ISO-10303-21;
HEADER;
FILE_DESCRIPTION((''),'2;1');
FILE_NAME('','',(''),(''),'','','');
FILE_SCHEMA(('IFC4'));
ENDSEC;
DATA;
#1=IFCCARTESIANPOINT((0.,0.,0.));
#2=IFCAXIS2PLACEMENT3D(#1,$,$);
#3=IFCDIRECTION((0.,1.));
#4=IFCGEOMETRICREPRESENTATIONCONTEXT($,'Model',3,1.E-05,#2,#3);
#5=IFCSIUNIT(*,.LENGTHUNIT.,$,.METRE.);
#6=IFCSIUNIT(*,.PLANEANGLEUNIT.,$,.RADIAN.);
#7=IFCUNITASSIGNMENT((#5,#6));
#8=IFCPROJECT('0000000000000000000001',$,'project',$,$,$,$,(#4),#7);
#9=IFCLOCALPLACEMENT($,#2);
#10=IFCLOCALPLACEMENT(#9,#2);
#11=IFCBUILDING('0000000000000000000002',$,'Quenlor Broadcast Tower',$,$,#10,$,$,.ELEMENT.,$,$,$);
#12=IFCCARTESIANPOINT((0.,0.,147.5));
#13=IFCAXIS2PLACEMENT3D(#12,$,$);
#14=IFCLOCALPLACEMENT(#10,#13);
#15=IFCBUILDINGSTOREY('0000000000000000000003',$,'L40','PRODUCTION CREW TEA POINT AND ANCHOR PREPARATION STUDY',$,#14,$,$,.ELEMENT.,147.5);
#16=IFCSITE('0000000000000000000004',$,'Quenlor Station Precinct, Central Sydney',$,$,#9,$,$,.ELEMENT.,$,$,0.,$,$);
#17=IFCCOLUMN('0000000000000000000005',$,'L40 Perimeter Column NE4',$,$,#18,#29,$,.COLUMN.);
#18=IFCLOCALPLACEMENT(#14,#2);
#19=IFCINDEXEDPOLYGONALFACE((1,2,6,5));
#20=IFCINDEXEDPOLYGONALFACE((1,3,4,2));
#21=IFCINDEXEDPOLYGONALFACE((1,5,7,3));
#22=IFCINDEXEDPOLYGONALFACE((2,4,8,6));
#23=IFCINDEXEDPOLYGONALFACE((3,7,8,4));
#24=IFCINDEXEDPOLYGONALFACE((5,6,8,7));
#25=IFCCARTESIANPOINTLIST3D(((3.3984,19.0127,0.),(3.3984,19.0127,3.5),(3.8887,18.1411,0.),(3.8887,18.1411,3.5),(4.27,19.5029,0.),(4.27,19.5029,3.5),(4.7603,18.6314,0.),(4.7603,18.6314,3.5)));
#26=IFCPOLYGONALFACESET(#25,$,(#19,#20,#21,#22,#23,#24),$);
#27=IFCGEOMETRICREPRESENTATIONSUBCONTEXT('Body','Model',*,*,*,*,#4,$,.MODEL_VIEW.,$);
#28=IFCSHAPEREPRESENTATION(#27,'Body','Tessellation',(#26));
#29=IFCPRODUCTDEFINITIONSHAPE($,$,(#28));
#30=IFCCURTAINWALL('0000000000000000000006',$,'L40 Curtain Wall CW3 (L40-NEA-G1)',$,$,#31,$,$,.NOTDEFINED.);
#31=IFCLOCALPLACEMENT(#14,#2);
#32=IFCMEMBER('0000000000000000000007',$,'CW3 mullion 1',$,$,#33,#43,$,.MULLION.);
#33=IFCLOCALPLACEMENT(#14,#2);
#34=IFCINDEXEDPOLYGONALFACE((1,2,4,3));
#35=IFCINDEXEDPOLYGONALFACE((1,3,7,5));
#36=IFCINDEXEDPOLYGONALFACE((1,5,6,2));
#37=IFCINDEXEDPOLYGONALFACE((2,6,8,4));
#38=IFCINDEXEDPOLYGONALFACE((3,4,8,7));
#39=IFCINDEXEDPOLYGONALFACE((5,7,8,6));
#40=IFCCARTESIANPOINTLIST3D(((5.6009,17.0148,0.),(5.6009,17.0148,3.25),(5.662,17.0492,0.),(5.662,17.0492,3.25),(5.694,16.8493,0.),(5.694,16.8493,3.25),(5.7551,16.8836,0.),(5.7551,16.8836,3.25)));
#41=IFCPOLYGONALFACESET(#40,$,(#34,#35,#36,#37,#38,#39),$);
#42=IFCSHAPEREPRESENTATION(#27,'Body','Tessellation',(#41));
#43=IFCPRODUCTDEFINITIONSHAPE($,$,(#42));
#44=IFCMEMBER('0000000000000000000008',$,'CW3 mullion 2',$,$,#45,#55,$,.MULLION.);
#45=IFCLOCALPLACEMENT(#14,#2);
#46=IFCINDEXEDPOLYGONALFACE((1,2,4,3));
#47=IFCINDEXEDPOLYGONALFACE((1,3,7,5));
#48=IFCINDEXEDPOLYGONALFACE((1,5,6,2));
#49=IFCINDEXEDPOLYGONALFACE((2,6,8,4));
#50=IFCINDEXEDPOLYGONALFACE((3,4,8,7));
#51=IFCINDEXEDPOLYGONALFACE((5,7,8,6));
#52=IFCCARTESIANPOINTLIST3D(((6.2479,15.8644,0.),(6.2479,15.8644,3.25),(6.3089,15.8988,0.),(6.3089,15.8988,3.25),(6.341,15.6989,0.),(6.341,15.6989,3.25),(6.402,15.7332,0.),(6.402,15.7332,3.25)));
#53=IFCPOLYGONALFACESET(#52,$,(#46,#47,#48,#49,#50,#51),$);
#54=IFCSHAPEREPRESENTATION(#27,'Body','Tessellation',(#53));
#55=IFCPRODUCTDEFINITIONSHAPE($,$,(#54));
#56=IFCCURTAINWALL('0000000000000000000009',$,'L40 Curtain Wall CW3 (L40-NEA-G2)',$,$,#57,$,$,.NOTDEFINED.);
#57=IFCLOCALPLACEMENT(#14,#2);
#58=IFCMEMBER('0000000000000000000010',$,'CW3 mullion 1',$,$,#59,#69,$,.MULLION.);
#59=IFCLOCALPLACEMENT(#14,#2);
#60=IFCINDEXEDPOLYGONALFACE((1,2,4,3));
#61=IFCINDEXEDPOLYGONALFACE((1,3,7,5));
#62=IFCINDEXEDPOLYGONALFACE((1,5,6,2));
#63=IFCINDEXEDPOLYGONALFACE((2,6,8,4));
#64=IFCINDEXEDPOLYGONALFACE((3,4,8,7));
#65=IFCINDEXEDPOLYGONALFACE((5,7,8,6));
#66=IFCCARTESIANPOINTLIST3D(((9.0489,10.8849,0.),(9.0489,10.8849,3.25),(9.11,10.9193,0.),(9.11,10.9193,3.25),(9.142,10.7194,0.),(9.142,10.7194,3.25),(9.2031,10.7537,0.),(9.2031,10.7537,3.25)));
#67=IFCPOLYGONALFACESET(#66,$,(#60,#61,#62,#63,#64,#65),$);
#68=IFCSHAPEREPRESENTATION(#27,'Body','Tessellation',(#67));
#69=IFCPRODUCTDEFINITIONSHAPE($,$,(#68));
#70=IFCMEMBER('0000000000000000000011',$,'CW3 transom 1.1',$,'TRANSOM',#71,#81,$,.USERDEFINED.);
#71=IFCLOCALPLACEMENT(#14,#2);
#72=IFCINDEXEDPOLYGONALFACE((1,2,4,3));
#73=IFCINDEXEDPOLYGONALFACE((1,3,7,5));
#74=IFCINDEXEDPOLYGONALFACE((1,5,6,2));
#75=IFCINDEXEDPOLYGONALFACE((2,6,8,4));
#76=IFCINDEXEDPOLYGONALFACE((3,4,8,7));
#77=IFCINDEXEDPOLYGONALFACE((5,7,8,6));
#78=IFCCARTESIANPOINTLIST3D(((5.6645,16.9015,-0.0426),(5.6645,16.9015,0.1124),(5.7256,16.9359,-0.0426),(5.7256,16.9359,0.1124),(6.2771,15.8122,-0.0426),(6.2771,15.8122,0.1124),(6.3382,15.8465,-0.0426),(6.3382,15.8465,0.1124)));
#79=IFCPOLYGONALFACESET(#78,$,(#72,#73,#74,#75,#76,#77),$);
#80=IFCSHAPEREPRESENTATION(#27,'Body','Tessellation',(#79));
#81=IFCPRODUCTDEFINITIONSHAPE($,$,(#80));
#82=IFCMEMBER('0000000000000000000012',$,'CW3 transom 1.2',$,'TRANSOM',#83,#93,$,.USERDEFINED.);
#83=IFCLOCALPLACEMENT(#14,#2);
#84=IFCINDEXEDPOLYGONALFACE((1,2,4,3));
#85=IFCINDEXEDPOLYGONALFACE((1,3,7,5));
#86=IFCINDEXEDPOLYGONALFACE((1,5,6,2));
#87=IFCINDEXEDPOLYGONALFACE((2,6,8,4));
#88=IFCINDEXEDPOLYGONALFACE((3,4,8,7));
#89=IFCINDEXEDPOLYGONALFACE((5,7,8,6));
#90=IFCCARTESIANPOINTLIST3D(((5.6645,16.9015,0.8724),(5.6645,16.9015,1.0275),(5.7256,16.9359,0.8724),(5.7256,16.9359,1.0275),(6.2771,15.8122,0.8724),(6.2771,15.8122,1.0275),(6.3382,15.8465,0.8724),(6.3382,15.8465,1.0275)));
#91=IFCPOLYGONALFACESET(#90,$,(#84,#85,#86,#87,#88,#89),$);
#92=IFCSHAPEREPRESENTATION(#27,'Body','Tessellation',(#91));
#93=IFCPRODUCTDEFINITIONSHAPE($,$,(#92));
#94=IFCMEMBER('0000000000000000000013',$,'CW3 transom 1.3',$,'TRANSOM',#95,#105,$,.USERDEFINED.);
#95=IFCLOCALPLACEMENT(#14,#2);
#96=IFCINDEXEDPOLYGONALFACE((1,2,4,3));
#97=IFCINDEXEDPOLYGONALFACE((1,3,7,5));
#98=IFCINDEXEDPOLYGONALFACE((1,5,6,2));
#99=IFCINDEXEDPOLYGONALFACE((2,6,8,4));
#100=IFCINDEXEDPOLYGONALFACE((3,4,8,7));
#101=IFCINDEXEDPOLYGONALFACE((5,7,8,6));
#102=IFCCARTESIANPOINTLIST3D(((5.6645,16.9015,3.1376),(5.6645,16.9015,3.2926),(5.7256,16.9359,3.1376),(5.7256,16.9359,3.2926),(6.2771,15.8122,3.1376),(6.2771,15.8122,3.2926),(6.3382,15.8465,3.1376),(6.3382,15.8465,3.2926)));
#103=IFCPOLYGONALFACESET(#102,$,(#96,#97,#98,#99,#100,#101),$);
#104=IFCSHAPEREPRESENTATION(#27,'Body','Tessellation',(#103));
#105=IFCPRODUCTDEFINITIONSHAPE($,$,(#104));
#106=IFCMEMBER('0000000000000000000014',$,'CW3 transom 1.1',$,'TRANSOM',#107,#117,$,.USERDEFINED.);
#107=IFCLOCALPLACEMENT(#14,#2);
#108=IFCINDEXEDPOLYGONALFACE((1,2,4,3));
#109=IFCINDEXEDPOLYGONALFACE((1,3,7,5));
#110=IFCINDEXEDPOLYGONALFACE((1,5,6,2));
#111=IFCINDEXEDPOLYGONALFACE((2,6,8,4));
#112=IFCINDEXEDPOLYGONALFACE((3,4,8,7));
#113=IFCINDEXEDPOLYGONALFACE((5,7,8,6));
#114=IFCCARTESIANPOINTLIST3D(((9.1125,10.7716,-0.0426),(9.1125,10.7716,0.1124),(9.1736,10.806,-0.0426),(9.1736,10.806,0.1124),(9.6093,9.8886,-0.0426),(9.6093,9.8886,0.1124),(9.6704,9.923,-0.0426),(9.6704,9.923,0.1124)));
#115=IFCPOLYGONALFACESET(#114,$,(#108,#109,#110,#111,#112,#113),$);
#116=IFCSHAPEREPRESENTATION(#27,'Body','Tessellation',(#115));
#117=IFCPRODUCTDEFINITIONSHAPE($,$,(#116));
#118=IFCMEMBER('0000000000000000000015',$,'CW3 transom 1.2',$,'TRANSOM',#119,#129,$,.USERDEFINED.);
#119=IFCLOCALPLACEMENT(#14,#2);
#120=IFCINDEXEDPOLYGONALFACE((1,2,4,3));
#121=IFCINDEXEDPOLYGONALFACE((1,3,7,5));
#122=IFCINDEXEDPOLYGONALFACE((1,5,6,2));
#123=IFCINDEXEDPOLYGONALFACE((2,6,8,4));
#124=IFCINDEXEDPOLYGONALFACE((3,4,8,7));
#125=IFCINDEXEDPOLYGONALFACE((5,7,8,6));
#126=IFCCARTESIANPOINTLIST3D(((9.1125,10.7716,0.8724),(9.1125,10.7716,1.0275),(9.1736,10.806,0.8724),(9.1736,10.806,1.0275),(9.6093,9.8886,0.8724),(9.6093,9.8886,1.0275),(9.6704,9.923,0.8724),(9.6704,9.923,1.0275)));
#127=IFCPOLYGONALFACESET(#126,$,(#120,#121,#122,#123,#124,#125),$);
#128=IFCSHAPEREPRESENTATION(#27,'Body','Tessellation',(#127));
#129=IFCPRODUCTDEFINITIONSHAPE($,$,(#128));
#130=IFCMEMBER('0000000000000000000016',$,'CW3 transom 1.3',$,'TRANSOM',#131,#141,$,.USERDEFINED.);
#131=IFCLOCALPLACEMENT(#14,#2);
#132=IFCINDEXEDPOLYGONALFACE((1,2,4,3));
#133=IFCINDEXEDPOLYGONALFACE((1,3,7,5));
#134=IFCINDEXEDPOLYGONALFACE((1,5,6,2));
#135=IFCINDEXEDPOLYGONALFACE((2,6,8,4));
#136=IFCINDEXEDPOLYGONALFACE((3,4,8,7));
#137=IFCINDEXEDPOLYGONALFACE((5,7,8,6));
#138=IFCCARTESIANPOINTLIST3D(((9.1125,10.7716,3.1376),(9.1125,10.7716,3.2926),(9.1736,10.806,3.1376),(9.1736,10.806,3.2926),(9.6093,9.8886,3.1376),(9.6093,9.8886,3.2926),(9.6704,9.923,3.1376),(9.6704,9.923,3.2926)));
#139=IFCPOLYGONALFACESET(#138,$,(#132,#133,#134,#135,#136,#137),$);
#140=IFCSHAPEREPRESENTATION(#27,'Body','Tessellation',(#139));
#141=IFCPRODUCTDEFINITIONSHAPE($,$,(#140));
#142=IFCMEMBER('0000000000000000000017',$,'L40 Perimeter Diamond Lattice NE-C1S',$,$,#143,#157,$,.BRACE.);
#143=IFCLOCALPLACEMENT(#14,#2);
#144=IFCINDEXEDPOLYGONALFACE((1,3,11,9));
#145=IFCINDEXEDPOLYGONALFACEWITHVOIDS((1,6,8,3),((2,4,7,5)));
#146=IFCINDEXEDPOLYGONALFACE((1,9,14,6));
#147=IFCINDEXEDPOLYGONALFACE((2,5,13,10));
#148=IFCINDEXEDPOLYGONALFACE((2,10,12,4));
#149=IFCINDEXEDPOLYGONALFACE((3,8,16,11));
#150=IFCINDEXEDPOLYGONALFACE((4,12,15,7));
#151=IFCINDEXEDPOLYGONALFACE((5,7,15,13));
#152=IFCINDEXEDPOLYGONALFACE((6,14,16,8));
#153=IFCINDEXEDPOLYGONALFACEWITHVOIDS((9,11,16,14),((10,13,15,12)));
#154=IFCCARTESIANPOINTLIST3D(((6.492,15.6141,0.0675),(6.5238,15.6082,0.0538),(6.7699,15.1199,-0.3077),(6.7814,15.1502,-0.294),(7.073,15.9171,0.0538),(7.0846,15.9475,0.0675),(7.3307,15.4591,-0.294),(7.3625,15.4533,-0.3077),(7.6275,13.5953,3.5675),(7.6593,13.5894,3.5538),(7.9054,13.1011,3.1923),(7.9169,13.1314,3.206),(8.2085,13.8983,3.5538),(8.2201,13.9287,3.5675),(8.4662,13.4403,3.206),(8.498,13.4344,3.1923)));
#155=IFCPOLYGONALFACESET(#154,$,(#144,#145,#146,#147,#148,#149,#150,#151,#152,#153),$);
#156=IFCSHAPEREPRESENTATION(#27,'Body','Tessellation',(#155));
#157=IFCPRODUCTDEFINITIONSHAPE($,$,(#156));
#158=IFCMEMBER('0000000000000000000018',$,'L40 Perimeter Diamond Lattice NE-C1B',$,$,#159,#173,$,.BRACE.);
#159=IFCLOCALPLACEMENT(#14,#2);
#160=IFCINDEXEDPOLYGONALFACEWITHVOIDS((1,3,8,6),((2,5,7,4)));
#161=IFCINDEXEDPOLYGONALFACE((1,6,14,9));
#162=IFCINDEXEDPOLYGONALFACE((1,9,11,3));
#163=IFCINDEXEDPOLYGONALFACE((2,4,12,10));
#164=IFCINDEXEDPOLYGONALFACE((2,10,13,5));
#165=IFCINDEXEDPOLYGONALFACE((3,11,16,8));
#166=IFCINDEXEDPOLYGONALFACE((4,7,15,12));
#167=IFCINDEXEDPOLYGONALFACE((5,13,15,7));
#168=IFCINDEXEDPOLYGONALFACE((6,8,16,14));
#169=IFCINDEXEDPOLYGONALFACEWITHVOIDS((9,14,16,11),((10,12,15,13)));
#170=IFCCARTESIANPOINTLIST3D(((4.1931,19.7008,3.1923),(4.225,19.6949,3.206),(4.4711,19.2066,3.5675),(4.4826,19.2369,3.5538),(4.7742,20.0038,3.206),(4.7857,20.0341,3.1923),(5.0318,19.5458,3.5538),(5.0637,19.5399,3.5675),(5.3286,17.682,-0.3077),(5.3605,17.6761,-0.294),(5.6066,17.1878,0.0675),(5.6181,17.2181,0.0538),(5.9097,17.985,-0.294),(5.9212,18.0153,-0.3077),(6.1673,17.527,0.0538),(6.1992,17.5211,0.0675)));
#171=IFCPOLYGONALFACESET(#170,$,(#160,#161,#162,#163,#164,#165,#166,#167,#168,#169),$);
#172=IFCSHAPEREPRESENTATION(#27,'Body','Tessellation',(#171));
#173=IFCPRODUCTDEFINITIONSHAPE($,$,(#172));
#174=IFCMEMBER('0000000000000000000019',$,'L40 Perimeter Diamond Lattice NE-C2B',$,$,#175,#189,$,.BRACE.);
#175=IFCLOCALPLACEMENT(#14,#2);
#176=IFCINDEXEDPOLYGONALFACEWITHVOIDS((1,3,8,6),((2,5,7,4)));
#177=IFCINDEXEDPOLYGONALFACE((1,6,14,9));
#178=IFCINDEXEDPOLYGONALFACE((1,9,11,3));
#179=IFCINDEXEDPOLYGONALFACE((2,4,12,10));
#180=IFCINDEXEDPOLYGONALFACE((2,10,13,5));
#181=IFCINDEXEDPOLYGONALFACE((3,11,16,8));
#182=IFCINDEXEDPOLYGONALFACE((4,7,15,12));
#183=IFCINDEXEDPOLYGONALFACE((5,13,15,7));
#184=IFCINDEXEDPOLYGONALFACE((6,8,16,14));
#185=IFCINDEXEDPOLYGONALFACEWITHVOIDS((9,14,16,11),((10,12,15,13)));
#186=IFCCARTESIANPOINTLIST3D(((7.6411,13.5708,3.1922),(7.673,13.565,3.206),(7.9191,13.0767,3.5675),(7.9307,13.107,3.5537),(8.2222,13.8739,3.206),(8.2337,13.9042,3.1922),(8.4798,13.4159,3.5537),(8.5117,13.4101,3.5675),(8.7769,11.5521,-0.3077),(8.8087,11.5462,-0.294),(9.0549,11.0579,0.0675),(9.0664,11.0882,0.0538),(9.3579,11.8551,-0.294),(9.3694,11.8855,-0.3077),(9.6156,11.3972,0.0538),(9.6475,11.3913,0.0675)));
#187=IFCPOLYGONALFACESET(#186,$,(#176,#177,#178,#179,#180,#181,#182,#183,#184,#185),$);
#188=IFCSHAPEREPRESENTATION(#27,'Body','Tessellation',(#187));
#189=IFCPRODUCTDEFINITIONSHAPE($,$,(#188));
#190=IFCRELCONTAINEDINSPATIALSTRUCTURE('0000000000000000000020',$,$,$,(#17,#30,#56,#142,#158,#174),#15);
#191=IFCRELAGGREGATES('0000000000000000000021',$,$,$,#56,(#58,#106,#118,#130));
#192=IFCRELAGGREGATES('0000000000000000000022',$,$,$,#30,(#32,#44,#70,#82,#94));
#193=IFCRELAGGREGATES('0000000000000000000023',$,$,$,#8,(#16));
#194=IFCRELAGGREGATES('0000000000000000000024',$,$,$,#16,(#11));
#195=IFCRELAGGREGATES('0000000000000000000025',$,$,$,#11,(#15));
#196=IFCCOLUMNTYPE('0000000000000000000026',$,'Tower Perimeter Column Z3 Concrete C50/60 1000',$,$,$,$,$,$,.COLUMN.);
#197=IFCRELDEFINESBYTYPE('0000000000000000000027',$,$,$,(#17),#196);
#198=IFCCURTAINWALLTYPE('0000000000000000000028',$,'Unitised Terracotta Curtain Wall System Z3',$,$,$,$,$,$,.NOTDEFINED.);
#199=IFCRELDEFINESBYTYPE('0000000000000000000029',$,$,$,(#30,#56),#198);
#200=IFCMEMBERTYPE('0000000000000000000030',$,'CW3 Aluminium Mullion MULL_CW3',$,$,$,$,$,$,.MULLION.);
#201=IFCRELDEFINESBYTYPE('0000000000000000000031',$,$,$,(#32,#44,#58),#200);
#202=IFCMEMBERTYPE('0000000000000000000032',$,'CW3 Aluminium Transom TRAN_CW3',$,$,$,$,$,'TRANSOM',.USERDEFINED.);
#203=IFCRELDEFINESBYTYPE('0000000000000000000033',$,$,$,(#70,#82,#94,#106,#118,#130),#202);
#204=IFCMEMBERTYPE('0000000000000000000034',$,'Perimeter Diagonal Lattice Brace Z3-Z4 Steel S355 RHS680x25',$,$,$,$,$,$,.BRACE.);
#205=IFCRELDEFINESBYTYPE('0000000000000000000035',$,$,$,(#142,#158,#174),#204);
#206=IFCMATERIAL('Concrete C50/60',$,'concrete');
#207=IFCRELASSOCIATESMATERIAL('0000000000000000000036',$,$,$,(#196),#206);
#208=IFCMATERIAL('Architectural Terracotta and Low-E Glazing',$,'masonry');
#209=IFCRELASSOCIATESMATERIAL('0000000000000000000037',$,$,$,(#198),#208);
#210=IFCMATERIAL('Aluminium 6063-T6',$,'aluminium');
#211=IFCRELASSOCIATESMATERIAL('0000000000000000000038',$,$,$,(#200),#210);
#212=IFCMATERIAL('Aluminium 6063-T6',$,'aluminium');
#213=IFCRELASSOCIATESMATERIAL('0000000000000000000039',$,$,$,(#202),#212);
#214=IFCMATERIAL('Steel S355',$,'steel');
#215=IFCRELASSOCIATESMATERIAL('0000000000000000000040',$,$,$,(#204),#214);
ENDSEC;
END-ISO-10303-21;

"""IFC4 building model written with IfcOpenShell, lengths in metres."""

from ifc_helpers import new_model, si_unit, direction, frame, origin, origin_2d, place, context, subcontext, project, spatial, rectangle, hollow_rectangle, extrude, material, material_profile, profile_set, type_object, element, aggregate, save


model = new_model("IFC4")

# Units and contexts
model_context = context("Model", 3, precision=1e-05, world=origin(), true_north=direction((0.0, 1.0)))
body_context = subcontext(model_context, "Body", "Model", "MODEL_VIEW")
ifc_project = project(units=[si_unit("LENGTHUNIT", "METRE"), si_unit("PLANEANGLEUNIT", "RADIAN")], contexts=[model_context])

# Site, building, storey
site_placement = place(None, origin())
site = spatial("IfcSite", under=ifc_project, at=site_placement, Name="Quenlor Station Precinct, Central Sydney", CompositionType="ELEMENT", RefElevation=0.0)
building_placement = place(site_placement, origin())
building = spatial("IfcBuilding", under=site, at=building_placement, Name="Quenlor Broadcast Tower", CompositionType="ELEMENT")
storey_placement = place(building_placement, frame((0.0, 0.0, 147.5)))
storey = spatial("IfcBuildingStorey", under=building, at=storey_placement, Name="L40", Description="PRODUCTION CREW TEA POINT AND ANCHOR PREPARATION STUDY", CompositionType="ELEMENT", Elevation=147.5)

# Column
ifc_material_1 = material(Name="Concrete C50/60", Category="concrete")
ifc_material_profile_1 = material_profile(ifc_material_1, rectangle(XDim=1.0, YDim=1.0, at=origin_2d()))
ifc_profile_set_1 = profile_set([ifc_material_profile_1], Name="Concrete C50/60 RC1000x1000")
column_type = type_object("IfcColumnType", Name="Tower Perimeter Column Z3 Concrete C50/60 1000", PredefinedType="COLUMN", material=ifc_profile_set_1)
column_placement = place(storey_placement, frame((4.0793, 18.822, 0.0), z_axis=(0.0, 0.0, 1.0), x_axis=(0.871575, 0.490262, 0.0)))
element("IfcColumn", 1, at=column_placement, inside=storey, type_object=column_type, Name="L40 Perimeter Column NE4", PredefinedType="COLUMN", context=body_context, shape_type="SweptSolid", body=[
    extrude(rectangle(XDim=1.0, YDim=1.0, at=origin_2d()), origin(), (0.0, 0.0, 1.0), 3.5),
])

# Curtain wall, members
ifc_material_2 = material(Name="Architectural Terracotta and Low-E Glazing", Category="masonry")
curtain_wall_type = type_object("IfcCurtainWallType", Name="Unitised Terracotta Curtain Wall System Z3", PredefinedType="NOTDEFINED", material=ifc_material_2)
curtain_wall_1_placement = place(storey_placement, origin())
curtain_wall_1 = element("IfcCurtainWall", 2, at=curtain_wall_1_placement, inside=storey, type_object=curtain_wall_type, Name="L40 Curtain Wall CW3 (L40-NEA-G1)", PredefinedType="NOTDEFINED")
ifc_material_3 = material(Name="Aluminium 6063-T6", Category="aluminium")
ifc_material_profile_2 = material_profile(ifc_material_3, rectangle(XDim=0.0701, YDim=0.1899, at=origin_2d()))
ifc_profile_set_2 = profile_set([ifc_material_profile_2], Name="Aluminium 6063-T6 MULL70x190")
member_type_1 = type_object("IfcMemberType", Name="CW3 Aluminium Mullion MULL_CW3", PredefinedType="MULLION", material=ifc_profile_set_2)
member_1_placement = place(storey_placement, frame((5.678, 16.9492, 0.0), z_axis=(0.0, 0.0, 1.0), x_axis=(0.871593, 0.49023, 0.0)))
member_1 = element("IfcMember", 3, at=member_1_placement, type_object=member_type_1, Name="CW3 mullion 1", PredefinedType="MULLION", context=body_context, shape_type="SweptSolid", body=[
    extrude(rectangle(XDim=0.0701, YDim=0.1899, at=origin_2d()), origin(), (0.0, 0.0, 1.0), 3.25),
])
member_2_placement = place(storey_placement, frame((6.325, 15.7988, 0.0), z_axis=(0.0, 0.0, 1.0), x_axis=(0.871593, 0.49023, 0.0)))
member_2 = element("IfcMember", 4, at=member_2_placement, type_object=member_type_1, Name="CW3 mullion 2", PredefinedType="MULLION", context=body_context, shape_type="SweptSolid", body=[
    extrude(rectangle(XDim=0.0701, YDim=0.1899, at=origin_2d()), origin(), (0.0, 0.0, 1.0), 3.25),
])

# Curtain wall, member
curtain_wall_2_placement = place(storey_placement, origin())
curtain_wall_2 = element("IfcCurtainWall", 5, at=curtain_wall_2_placement, inside=storey, type_object=curtain_wall_type, Name="L40 Curtain Wall CW3 (L40-NEA-G2)", PredefinedType="NOTDEFINED")
member_3_placement = place(storey_placement, frame((9.126, 10.8193, 0.0), z_axis=(0.0, 0.0, 1.0), x_axis=(0.871601, 0.490216, 0.0)))
member_3 = element("IfcMember", 6, at=member_3_placement, type_object=member_type_1, Name="CW3 mullion 1", PredefinedType="MULLION", context=body_context, shape_type="SweptSolid", body=[
    extrude(rectangle(XDim=0.0701, YDim=0.1899, at=origin_2d()), origin(), (0.0, 0.0, 1.0), 3.25),
])

# Members
ifc_material_4 = material(Name="Aluminium 6063-T6", Category="aluminium")
ifc_material_profile_3 = material_profile(ifc_material_4, rectangle(XDim=0.0701, YDim=0.155, at=origin_2d()))
ifc_profile_set_3 = profile_set([ifc_material_profile_3], Name="Aluminium 6063-T6 TRAN70x155")
member_type_2 = type_object("IfcMemberType", Name="CW3 Aluminium Transom TRAN_CW3", ElementType="TRANSOM", PredefinedType="USERDEFINED", material=ifc_profile_set_3)
member_4_placement = place(storey_placement, frame((5.6951, 16.9187, 0.0349), z_axis=(0.490131, -0.871649, 0.0), x_axis=(0.871649, 0.490131, 0.0)))
member_4 = element("IfcMember", 7, at=member_4_placement, type_object=member_type_2, Name="CW3 transom 1.1", ObjectType="TRANSOM", PredefinedType="USERDEFINED", context=body_context, shape_type="SweptSolid", body=[
    extrude(rectangle(XDim=0.0701, YDim=0.155, at=origin_2d()), origin(), (0.0, 0.0, 1.0), 1.2498),
])
member_5_placement = place(storey_placement, frame((5.6951, 16.9187, 0.95), z_axis=(0.490131, -0.871649, 0.0), x_axis=(0.871649, 0.490131, 0.0)))
member_5 = element("IfcMember", 8, at=member_5_placement, type_object=member_type_2, Name="CW3 transom 1.2", ObjectType="TRANSOM", PredefinedType="USERDEFINED", context=body_context, shape_type="SweptSolid", body=[
    extrude(rectangle(XDim=0.0701, YDim=0.155, at=origin_2d()), origin(), (0.0, 0.0, 1.0), 1.2498),
])
member_6_placement = place(storey_placement, frame((5.6951, 16.9187, 3.2151), z_axis=(0.490131, -0.871649, 0.0), x_axis=(0.871649, 0.490131, 0.0)))
member_6 = element("IfcMember", 9, at=member_6_placement, type_object=member_type_2, Name="CW3 transom 1.3", ObjectType="TRANSOM", PredefinedType="USERDEFINED", context=body_context, shape_type="SweptSolid", body=[
    extrude(rectangle(XDim=0.0701, YDim=0.155, at=origin_2d()), origin(), (0.0, 0.0, 1.0), 1.2498),
])
member_7_placement = place(storey_placement, frame((9.1431, 10.7888, 0.0349), z_axis=(0.490341, -0.87153, 0.0), x_axis=(0.87153, 0.490341, 0.0)))
member_7 = element("IfcMember", 10, at=member_7_placement, type_object=member_type_2, Name="CW3 transom 1.1", ObjectType="TRANSOM", PredefinedType="USERDEFINED", context=body_context, shape_type="SweptSolid", body=[
    extrude(rectangle(XDim=0.0701, YDim=0.155, at=origin_2d()), origin(), (0.0, 0.0, 1.0), 1.0132),
])
member_8_placement = place(storey_placement, frame((9.1431, 10.7888, 0.95), z_axis=(0.490341, -0.87153, 0.0), x_axis=(0.87153, 0.490341, 0.0)))
member_8 = element("IfcMember", 11, at=member_8_placement, type_object=member_type_2, Name="CW3 transom 1.2", ObjectType="TRANSOM", PredefinedType="USERDEFINED", context=body_context, shape_type="SweptSolid", body=[
    extrude(rectangle(XDim=0.0701, YDim=0.155, at=origin_2d()), origin(), (0.0, 0.0, 1.0), 1.0132),
])
member_9_placement = place(storey_placement, frame((9.1431, 10.7888, 3.2151), z_axis=(0.490341, -0.87153, 0.0), x_axis=(0.87153, 0.490341, 0.0)))
member_9 = element("IfcMember", 12, at=member_9_placement, type_object=member_type_2, Name="CW3 transom 1.3", ObjectType="TRANSOM", PredefinedType="USERDEFINED", context=body_context, shape_type="SweptSolid", body=[
    extrude(rectangle(XDim=0.0701, YDim=0.155, at=origin_2d()), origin(), (0.0, 0.0, 1.0), 1.0132),
])
aggregate(curtain_wall_2, [member_3, member_7, member_8, member_9])

# Members
ifc_material_5 = material(Name="Steel S355", Category="steel")
ifc_material_profile_4 = material_profile(ifc_material_5, hollow_rectangle(XDim=0.6799, YDim=0.6799, WallThickness=0.0249, at=origin_2d()))
ifc_profile_set_4 = profile_set([ifc_material_profile_4], Name="Steel S355 RHS680x680x25")
member_type_3 = type_object("IfcMemberType", Name="Perimeter Diagonal Lattice Brace Z3-Z4 Steel S355 RHS680x25", PredefinedType="BRACE", material=ifc_profile_set_4)
for number, where, z_axis, x_axis, name in (
    (13, (6.9272, 15.5337, -0.1201), (0.270549, -0.481009, 0.833927), (0.87159, 0.490236, 0.0), "L40 Perimeter Diamond Lattice NE-C1S"),
    (14, (5.7639, 17.6016, -0.1201), (-0.270549, 0.481009, 0.833927), (-0.87159, -0.490236, 0.0), "L40 Perimeter Diamond Lattice NE-C1B"),
    (15, (9.2122, 11.4717, -0.1201), (-0.270603, 0.481001, 0.833914), (-0.871545, -0.490316, 0.0), "L40 Perimeter Diamond Lattice NE-C2B"),
):
    element("IfcMember", number, at=place(storey_placement, frame(where, z_axis=z_axis, x_axis=x_axis)), inside=storey, type_object=member_type_3, Name=name, PredefinedType="BRACE", context=body_context, shape_type="SweptSolid", body=[
        extrude(hollow_rectangle(XDim=0.6799, YDim=0.6799, WallThickness=0.0249, at=origin_2d()), origin(), (0.0, 0.0, 1.0), 4.197),
    ])

aggregate(curtain_wall_1, [member_1, member_2, member_4, member_5, member_6])

save(model, "model.ifc")
